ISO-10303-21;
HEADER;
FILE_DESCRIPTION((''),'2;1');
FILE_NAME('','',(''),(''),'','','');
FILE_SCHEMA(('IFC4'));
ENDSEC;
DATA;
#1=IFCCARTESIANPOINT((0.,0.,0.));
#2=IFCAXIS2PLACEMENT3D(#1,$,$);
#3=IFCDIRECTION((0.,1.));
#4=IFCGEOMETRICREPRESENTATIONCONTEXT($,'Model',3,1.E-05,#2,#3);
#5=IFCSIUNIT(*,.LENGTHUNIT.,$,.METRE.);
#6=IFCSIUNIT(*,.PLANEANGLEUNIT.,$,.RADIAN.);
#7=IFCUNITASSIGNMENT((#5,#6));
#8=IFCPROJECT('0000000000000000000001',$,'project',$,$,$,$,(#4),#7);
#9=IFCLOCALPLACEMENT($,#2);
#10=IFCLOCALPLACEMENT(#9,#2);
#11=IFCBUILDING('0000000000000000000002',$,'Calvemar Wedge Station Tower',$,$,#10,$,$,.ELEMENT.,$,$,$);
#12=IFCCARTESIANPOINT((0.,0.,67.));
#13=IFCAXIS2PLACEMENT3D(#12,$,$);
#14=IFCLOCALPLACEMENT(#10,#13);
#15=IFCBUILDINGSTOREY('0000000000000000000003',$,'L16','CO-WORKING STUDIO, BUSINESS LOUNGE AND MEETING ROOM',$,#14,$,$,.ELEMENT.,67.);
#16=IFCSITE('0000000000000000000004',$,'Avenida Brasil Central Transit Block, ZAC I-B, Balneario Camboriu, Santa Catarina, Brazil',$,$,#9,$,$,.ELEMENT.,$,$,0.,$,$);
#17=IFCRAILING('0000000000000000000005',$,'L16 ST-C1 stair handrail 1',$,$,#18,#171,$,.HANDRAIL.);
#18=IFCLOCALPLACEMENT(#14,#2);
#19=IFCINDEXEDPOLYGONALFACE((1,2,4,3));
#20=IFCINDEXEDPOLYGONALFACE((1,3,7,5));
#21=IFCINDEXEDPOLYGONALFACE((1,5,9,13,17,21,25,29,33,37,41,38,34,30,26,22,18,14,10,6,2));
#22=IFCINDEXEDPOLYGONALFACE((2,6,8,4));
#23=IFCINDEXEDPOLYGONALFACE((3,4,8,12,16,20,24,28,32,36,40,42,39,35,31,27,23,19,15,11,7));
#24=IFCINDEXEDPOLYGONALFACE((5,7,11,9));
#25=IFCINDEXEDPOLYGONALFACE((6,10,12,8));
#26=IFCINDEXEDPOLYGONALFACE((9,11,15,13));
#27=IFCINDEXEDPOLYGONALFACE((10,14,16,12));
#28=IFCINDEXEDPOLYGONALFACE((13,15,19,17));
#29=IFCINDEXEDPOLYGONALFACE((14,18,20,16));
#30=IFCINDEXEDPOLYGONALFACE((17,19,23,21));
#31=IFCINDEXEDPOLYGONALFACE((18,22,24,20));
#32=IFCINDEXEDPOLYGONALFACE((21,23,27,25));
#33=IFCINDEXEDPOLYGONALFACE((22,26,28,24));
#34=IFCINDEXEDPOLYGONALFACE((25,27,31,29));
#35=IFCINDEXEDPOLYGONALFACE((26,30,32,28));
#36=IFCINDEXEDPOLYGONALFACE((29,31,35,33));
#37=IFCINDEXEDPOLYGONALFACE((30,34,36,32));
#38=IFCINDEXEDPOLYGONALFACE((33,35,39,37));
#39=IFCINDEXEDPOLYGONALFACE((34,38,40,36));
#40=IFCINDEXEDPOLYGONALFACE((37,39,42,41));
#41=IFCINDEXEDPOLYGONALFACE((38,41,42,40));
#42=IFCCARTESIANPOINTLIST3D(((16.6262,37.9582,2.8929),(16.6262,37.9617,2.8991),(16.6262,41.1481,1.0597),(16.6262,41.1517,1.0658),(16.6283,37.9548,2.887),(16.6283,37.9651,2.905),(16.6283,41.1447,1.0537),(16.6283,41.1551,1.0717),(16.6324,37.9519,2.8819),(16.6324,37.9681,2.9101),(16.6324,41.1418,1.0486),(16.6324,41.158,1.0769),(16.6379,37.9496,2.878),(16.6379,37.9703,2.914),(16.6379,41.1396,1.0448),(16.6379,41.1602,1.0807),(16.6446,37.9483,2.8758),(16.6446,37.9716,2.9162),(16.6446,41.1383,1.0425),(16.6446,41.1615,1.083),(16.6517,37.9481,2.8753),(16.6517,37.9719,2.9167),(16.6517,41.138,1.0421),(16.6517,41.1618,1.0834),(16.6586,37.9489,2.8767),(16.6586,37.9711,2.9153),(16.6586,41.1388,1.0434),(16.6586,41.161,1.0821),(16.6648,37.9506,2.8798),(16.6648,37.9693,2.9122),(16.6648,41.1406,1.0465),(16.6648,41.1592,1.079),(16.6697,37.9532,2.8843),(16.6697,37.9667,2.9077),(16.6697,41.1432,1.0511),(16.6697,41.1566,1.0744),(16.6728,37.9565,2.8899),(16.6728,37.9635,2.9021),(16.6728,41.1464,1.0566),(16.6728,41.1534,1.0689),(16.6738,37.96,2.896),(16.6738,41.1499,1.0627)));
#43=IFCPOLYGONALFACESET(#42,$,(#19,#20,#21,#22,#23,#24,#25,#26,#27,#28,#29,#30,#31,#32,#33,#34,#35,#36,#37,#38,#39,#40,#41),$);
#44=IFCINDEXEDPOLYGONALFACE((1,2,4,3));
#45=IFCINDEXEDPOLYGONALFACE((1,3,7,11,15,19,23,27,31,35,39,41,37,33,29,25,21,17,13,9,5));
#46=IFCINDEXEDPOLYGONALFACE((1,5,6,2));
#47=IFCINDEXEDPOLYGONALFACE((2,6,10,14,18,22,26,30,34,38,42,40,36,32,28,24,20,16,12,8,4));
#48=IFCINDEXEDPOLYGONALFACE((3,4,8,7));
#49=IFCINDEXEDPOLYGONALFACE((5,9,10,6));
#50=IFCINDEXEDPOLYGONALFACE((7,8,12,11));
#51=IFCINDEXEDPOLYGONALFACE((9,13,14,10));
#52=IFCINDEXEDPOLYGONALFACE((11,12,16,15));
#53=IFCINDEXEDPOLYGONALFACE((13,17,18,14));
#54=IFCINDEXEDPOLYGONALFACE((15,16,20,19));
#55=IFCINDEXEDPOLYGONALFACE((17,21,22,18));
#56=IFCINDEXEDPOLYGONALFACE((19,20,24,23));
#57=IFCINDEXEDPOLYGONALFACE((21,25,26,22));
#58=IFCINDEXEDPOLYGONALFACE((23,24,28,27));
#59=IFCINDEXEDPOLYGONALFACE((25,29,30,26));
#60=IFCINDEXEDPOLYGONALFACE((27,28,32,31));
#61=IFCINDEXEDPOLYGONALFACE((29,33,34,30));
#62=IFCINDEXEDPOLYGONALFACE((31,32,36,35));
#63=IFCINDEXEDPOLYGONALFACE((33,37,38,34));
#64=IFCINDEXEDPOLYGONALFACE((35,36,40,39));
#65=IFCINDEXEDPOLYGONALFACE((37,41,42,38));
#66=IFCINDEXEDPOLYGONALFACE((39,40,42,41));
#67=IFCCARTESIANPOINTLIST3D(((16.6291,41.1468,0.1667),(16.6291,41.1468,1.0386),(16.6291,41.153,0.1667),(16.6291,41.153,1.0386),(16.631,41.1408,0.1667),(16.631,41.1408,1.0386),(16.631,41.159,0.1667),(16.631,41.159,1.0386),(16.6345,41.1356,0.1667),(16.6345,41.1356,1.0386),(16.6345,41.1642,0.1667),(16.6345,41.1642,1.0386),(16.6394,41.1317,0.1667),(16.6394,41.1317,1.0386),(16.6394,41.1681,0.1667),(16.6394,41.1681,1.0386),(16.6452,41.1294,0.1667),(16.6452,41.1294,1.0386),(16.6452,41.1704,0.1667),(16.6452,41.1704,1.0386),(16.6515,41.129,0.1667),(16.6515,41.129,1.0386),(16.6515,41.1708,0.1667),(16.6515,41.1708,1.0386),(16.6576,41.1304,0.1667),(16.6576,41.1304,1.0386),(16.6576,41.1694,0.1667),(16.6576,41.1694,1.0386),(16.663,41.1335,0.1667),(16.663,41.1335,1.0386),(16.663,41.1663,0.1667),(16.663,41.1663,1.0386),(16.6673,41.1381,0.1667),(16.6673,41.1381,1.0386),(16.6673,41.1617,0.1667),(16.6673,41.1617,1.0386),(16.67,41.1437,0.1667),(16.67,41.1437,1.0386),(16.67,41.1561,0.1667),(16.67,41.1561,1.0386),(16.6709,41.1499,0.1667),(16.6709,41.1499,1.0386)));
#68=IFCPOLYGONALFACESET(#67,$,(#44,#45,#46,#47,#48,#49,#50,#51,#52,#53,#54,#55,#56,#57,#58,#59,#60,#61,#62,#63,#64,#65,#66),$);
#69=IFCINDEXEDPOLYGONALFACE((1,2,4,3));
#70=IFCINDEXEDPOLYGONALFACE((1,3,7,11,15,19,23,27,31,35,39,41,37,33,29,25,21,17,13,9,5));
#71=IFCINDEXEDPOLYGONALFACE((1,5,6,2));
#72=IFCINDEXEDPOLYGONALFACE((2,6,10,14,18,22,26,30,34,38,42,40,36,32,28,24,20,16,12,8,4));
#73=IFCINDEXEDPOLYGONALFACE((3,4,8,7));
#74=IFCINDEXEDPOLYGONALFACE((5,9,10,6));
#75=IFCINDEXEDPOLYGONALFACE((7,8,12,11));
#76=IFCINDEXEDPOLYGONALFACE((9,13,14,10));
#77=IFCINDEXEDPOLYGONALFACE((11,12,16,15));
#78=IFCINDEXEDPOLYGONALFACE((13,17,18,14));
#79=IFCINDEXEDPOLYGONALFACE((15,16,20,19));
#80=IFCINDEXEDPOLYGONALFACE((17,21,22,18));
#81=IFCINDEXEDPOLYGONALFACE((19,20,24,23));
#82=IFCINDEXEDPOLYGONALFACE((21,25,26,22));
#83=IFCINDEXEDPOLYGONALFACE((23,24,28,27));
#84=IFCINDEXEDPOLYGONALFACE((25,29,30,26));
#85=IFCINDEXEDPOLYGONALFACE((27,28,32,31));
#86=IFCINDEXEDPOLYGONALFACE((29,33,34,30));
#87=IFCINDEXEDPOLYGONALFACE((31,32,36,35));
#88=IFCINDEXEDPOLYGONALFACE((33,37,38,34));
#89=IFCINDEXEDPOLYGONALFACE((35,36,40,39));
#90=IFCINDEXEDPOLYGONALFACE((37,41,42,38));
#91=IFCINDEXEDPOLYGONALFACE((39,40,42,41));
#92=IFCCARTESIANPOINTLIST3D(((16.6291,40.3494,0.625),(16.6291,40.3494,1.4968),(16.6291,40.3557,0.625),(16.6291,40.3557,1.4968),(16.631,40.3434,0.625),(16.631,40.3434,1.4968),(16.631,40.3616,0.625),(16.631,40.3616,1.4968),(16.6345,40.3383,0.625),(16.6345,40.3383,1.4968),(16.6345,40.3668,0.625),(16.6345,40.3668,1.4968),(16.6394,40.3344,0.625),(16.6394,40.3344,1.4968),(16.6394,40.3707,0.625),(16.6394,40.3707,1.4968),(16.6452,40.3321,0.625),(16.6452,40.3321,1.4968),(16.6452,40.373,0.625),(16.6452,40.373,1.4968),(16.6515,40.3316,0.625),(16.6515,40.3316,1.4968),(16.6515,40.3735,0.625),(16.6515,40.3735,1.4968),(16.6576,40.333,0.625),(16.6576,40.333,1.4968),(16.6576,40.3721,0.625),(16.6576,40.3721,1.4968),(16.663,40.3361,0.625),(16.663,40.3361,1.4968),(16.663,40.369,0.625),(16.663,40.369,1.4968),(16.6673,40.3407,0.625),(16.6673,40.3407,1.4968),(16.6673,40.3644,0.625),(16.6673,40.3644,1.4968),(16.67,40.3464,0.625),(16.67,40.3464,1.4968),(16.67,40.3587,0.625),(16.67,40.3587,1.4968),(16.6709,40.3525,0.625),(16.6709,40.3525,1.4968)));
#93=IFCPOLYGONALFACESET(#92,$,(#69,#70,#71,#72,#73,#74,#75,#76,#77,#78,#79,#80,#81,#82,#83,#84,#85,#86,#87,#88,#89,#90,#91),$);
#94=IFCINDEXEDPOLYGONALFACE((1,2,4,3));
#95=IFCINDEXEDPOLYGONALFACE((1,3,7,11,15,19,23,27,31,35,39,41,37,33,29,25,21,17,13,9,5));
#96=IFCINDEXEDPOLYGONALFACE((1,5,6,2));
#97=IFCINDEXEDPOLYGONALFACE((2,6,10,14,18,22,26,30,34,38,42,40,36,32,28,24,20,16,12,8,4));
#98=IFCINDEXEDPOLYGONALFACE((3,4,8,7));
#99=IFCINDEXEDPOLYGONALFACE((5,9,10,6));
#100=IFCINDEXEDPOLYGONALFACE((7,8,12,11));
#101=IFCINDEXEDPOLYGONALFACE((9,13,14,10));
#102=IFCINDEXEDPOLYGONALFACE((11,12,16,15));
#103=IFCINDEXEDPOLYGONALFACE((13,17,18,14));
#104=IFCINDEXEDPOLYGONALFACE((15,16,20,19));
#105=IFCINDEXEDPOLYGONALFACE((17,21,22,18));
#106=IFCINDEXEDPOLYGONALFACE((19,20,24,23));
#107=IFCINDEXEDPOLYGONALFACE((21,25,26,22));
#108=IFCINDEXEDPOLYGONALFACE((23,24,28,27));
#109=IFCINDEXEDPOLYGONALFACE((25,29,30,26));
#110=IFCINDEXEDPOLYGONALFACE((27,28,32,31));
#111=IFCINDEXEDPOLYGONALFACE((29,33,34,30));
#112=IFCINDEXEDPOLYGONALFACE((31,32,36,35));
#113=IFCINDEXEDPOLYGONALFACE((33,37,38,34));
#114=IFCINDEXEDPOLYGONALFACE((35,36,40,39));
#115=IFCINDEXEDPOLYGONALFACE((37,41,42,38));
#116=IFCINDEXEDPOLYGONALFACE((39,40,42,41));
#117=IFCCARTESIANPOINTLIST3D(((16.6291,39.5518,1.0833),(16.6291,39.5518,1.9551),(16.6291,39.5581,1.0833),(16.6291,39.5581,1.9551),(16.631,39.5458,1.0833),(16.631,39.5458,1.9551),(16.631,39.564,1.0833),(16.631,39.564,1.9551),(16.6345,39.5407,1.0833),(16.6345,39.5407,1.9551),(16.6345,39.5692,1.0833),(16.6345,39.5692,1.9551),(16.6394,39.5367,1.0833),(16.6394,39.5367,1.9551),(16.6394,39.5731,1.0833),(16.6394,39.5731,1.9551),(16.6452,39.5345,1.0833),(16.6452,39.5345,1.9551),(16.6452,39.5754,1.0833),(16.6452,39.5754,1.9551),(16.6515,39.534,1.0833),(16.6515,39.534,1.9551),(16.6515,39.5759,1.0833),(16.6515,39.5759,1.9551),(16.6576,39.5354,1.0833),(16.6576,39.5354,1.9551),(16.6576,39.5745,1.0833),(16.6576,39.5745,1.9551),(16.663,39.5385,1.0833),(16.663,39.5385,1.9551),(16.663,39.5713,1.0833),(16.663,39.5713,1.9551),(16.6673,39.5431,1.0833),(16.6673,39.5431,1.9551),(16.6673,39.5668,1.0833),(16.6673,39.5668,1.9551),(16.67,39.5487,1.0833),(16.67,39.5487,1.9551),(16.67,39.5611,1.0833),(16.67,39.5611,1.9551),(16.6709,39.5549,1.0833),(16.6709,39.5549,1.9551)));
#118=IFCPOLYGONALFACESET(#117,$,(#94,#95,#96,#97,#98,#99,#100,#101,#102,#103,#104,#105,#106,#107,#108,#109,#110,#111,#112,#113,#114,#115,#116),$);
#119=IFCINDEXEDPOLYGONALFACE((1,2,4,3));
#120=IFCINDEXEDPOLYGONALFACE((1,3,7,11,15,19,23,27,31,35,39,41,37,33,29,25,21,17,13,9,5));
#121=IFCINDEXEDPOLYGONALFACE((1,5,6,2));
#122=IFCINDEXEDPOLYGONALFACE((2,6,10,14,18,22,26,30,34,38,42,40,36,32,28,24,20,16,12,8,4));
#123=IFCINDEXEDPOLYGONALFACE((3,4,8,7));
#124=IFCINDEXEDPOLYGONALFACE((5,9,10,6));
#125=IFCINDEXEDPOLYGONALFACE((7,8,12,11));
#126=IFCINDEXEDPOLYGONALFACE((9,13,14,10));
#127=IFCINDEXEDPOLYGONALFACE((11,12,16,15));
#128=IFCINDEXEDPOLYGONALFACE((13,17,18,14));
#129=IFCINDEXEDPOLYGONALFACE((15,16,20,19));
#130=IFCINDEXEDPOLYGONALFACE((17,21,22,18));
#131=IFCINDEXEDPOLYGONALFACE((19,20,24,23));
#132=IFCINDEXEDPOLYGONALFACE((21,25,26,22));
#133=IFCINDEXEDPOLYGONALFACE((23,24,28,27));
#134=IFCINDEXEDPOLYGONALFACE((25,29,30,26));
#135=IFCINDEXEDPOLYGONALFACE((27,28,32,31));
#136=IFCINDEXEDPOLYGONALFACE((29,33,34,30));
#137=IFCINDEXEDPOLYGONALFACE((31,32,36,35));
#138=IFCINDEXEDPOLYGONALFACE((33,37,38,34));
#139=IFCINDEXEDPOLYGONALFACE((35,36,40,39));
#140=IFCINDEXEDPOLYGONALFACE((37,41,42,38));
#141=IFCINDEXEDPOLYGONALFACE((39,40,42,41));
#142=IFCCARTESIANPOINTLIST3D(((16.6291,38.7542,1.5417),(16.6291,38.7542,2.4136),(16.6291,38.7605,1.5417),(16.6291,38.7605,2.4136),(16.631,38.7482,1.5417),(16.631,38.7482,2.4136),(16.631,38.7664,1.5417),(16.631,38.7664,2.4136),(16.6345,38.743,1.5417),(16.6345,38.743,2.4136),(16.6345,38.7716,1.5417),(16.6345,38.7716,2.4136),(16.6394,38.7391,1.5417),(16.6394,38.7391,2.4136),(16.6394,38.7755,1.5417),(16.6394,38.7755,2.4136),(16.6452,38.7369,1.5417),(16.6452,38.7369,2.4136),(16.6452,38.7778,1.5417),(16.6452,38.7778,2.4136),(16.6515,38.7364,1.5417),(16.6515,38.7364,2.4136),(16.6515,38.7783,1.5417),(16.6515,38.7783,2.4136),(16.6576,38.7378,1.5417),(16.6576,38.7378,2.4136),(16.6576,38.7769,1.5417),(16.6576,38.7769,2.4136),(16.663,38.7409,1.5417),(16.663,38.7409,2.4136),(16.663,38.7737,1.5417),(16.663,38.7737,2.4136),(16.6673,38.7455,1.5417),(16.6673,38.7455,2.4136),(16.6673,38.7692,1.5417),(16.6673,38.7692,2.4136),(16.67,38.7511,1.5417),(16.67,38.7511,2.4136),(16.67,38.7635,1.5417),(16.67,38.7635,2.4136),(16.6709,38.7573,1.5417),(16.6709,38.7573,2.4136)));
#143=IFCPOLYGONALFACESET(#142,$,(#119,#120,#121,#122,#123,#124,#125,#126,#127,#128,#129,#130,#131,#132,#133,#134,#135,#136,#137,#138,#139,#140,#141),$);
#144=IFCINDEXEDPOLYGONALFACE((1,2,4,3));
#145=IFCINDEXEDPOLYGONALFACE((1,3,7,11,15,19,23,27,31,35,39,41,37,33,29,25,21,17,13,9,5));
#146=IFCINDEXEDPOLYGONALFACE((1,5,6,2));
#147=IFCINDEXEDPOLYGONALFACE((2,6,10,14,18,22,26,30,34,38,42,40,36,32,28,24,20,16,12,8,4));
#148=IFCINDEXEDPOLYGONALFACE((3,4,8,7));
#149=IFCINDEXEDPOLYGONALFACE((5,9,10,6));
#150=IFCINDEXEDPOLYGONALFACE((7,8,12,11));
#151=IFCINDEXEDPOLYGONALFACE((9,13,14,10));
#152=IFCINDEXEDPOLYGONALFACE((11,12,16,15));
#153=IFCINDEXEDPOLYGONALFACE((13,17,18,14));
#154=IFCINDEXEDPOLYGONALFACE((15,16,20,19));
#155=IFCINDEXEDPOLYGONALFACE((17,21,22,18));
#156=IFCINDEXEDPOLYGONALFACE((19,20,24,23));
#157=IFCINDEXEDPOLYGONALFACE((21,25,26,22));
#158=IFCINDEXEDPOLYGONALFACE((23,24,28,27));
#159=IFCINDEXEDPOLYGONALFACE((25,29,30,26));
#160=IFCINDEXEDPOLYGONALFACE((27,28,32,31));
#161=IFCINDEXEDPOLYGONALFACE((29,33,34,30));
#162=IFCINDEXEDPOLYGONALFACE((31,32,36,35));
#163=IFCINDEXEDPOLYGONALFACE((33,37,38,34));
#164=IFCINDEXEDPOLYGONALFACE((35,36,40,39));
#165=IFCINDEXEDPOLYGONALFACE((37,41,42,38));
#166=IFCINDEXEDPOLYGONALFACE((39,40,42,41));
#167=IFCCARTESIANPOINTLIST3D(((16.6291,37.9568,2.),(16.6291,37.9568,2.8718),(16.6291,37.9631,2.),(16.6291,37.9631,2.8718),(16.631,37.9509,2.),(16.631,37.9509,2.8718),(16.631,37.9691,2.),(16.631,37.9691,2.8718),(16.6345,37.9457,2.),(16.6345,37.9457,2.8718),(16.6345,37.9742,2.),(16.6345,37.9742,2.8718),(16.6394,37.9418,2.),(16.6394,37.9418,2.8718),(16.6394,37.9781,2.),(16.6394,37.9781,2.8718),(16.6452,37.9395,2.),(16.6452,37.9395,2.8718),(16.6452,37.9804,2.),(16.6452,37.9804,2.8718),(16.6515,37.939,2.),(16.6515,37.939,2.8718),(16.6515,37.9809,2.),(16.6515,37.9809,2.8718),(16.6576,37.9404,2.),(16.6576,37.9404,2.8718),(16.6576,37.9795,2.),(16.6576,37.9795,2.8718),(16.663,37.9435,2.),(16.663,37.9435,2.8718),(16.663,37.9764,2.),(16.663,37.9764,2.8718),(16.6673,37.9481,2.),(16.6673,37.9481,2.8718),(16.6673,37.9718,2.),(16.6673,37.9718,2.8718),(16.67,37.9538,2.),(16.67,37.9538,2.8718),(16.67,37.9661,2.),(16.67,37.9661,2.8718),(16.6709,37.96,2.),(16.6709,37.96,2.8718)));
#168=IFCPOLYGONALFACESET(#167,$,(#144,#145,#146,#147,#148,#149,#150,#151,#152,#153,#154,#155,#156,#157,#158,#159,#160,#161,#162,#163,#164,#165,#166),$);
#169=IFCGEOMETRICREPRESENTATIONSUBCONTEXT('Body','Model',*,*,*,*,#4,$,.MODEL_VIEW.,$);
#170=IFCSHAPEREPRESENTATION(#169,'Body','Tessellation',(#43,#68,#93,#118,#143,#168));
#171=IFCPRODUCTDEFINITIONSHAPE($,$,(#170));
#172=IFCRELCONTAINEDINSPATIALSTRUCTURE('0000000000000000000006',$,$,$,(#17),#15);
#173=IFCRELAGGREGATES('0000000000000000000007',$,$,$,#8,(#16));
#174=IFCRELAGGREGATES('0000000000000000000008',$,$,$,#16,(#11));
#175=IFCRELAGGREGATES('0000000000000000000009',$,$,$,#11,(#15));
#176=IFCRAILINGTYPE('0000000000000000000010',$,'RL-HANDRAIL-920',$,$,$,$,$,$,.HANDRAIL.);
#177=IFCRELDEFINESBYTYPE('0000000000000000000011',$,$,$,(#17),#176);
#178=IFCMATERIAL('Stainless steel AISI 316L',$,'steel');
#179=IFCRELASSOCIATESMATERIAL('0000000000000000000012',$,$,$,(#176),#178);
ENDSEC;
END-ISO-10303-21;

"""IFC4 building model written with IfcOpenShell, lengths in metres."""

from ifc_helpers import new_model, si_unit, direction, frame, origin, origin_2d, place, context, subcontext, project, spatial, circle, extrude, material, type_object, element, save


model = new_model("IFC4")

# Units and contexts
model_context = context("Model", 3, precision=1e-05, world=origin(), true_north=direction((0.0, 1.0)))
body_context = subcontext(model_context, "Body", "Model", "MODEL_VIEW")
ifc_project = project(units=[si_unit("LENGTHUNIT", "METRE"), si_unit("PLANEANGLEUNIT", "RADIAN")], contexts=[model_context])

# Site, building, storey
site_placement = place(None, origin())
site = spatial("IfcSite", under=ifc_project, at=site_placement, Name="Avenida Brasil Central Transit Block, ZAC I-B, Balneario Camboriu, Santa Catarina, Brazil", CompositionType="ELEMENT", RefElevation=0.0)
building_placement = place(site_placement, origin())
building = spatial("IfcBuilding", under=site, at=building_placement, Name="Calvemar Wedge Station Tower", CompositionType="ELEMENT")
storey_placement = place(building_placement, frame((0.0, 0.0, 67.0)))
storey = spatial("IfcBuildingStorey", under=building, at=storey_placement, Name="L16", Description="CO-WORKING STUDIO, BUSINESS LOUNGE AND MEETING ROOM", CompositionType="ELEMENT", Elevation=67.0)

# Railing
ifc_material_1 = material(Name="Stainless steel AISI 316L", Category="steel")
railing_type_1 = type_object("IfcRailingType", Name="RL-HANDRAIL-920", PredefinedType="HANDRAIL", material=ifc_material_1)
railing_1_placement = place(storey_placement, frame((16.6499, 41.1499, 0.1667)))
element("IfcRailing", 1, at=railing_1_placement, inside=storey, type_object=railing_type_1, Name="L16 ST-C1 stair handrail 1", PredefinedType="HANDRAIL", context=body_context, shape_type="SweptSolid", body=[
    extrude(circle(Radius=0.0239, at=origin_2d()), frame((0.0, 0.0, 0.896), z_axis=(0.0, -0.86702, 0.498274), x_axis=(1.0, 0.0, 0.0)), (0.0, 0.0, 1.0), 3.6792),
    extrude(circle(Radius=0.021, at=origin_2d()), origin(), (0.0, 0.0, 1.0), 0.8718),
    extrude(circle(Radius=0.021, at=origin_2d()), frame((0.0, -0.7974, 0.4583)), (0.0, 0.0, 1.0), 0.8718),
    extrude(circle(Radius=0.021, at=origin_2d()), frame((0.0, -1.595, 0.9165)), (0.0, 0.0, 1.0), 0.8718),
    extrude(circle(Radius=0.021, at=origin_2d()), frame((0.0, -2.3926, 1.375)), (0.0, 0.0, 1.0), 0.8718),
    extrude(circle(Radius=0.021, at=origin_2d()), frame((0.0, -3.1899, 1.8333)), (0.0, 0.0, 1.0), 0.8718),
])

save(model, "model.ifc")
